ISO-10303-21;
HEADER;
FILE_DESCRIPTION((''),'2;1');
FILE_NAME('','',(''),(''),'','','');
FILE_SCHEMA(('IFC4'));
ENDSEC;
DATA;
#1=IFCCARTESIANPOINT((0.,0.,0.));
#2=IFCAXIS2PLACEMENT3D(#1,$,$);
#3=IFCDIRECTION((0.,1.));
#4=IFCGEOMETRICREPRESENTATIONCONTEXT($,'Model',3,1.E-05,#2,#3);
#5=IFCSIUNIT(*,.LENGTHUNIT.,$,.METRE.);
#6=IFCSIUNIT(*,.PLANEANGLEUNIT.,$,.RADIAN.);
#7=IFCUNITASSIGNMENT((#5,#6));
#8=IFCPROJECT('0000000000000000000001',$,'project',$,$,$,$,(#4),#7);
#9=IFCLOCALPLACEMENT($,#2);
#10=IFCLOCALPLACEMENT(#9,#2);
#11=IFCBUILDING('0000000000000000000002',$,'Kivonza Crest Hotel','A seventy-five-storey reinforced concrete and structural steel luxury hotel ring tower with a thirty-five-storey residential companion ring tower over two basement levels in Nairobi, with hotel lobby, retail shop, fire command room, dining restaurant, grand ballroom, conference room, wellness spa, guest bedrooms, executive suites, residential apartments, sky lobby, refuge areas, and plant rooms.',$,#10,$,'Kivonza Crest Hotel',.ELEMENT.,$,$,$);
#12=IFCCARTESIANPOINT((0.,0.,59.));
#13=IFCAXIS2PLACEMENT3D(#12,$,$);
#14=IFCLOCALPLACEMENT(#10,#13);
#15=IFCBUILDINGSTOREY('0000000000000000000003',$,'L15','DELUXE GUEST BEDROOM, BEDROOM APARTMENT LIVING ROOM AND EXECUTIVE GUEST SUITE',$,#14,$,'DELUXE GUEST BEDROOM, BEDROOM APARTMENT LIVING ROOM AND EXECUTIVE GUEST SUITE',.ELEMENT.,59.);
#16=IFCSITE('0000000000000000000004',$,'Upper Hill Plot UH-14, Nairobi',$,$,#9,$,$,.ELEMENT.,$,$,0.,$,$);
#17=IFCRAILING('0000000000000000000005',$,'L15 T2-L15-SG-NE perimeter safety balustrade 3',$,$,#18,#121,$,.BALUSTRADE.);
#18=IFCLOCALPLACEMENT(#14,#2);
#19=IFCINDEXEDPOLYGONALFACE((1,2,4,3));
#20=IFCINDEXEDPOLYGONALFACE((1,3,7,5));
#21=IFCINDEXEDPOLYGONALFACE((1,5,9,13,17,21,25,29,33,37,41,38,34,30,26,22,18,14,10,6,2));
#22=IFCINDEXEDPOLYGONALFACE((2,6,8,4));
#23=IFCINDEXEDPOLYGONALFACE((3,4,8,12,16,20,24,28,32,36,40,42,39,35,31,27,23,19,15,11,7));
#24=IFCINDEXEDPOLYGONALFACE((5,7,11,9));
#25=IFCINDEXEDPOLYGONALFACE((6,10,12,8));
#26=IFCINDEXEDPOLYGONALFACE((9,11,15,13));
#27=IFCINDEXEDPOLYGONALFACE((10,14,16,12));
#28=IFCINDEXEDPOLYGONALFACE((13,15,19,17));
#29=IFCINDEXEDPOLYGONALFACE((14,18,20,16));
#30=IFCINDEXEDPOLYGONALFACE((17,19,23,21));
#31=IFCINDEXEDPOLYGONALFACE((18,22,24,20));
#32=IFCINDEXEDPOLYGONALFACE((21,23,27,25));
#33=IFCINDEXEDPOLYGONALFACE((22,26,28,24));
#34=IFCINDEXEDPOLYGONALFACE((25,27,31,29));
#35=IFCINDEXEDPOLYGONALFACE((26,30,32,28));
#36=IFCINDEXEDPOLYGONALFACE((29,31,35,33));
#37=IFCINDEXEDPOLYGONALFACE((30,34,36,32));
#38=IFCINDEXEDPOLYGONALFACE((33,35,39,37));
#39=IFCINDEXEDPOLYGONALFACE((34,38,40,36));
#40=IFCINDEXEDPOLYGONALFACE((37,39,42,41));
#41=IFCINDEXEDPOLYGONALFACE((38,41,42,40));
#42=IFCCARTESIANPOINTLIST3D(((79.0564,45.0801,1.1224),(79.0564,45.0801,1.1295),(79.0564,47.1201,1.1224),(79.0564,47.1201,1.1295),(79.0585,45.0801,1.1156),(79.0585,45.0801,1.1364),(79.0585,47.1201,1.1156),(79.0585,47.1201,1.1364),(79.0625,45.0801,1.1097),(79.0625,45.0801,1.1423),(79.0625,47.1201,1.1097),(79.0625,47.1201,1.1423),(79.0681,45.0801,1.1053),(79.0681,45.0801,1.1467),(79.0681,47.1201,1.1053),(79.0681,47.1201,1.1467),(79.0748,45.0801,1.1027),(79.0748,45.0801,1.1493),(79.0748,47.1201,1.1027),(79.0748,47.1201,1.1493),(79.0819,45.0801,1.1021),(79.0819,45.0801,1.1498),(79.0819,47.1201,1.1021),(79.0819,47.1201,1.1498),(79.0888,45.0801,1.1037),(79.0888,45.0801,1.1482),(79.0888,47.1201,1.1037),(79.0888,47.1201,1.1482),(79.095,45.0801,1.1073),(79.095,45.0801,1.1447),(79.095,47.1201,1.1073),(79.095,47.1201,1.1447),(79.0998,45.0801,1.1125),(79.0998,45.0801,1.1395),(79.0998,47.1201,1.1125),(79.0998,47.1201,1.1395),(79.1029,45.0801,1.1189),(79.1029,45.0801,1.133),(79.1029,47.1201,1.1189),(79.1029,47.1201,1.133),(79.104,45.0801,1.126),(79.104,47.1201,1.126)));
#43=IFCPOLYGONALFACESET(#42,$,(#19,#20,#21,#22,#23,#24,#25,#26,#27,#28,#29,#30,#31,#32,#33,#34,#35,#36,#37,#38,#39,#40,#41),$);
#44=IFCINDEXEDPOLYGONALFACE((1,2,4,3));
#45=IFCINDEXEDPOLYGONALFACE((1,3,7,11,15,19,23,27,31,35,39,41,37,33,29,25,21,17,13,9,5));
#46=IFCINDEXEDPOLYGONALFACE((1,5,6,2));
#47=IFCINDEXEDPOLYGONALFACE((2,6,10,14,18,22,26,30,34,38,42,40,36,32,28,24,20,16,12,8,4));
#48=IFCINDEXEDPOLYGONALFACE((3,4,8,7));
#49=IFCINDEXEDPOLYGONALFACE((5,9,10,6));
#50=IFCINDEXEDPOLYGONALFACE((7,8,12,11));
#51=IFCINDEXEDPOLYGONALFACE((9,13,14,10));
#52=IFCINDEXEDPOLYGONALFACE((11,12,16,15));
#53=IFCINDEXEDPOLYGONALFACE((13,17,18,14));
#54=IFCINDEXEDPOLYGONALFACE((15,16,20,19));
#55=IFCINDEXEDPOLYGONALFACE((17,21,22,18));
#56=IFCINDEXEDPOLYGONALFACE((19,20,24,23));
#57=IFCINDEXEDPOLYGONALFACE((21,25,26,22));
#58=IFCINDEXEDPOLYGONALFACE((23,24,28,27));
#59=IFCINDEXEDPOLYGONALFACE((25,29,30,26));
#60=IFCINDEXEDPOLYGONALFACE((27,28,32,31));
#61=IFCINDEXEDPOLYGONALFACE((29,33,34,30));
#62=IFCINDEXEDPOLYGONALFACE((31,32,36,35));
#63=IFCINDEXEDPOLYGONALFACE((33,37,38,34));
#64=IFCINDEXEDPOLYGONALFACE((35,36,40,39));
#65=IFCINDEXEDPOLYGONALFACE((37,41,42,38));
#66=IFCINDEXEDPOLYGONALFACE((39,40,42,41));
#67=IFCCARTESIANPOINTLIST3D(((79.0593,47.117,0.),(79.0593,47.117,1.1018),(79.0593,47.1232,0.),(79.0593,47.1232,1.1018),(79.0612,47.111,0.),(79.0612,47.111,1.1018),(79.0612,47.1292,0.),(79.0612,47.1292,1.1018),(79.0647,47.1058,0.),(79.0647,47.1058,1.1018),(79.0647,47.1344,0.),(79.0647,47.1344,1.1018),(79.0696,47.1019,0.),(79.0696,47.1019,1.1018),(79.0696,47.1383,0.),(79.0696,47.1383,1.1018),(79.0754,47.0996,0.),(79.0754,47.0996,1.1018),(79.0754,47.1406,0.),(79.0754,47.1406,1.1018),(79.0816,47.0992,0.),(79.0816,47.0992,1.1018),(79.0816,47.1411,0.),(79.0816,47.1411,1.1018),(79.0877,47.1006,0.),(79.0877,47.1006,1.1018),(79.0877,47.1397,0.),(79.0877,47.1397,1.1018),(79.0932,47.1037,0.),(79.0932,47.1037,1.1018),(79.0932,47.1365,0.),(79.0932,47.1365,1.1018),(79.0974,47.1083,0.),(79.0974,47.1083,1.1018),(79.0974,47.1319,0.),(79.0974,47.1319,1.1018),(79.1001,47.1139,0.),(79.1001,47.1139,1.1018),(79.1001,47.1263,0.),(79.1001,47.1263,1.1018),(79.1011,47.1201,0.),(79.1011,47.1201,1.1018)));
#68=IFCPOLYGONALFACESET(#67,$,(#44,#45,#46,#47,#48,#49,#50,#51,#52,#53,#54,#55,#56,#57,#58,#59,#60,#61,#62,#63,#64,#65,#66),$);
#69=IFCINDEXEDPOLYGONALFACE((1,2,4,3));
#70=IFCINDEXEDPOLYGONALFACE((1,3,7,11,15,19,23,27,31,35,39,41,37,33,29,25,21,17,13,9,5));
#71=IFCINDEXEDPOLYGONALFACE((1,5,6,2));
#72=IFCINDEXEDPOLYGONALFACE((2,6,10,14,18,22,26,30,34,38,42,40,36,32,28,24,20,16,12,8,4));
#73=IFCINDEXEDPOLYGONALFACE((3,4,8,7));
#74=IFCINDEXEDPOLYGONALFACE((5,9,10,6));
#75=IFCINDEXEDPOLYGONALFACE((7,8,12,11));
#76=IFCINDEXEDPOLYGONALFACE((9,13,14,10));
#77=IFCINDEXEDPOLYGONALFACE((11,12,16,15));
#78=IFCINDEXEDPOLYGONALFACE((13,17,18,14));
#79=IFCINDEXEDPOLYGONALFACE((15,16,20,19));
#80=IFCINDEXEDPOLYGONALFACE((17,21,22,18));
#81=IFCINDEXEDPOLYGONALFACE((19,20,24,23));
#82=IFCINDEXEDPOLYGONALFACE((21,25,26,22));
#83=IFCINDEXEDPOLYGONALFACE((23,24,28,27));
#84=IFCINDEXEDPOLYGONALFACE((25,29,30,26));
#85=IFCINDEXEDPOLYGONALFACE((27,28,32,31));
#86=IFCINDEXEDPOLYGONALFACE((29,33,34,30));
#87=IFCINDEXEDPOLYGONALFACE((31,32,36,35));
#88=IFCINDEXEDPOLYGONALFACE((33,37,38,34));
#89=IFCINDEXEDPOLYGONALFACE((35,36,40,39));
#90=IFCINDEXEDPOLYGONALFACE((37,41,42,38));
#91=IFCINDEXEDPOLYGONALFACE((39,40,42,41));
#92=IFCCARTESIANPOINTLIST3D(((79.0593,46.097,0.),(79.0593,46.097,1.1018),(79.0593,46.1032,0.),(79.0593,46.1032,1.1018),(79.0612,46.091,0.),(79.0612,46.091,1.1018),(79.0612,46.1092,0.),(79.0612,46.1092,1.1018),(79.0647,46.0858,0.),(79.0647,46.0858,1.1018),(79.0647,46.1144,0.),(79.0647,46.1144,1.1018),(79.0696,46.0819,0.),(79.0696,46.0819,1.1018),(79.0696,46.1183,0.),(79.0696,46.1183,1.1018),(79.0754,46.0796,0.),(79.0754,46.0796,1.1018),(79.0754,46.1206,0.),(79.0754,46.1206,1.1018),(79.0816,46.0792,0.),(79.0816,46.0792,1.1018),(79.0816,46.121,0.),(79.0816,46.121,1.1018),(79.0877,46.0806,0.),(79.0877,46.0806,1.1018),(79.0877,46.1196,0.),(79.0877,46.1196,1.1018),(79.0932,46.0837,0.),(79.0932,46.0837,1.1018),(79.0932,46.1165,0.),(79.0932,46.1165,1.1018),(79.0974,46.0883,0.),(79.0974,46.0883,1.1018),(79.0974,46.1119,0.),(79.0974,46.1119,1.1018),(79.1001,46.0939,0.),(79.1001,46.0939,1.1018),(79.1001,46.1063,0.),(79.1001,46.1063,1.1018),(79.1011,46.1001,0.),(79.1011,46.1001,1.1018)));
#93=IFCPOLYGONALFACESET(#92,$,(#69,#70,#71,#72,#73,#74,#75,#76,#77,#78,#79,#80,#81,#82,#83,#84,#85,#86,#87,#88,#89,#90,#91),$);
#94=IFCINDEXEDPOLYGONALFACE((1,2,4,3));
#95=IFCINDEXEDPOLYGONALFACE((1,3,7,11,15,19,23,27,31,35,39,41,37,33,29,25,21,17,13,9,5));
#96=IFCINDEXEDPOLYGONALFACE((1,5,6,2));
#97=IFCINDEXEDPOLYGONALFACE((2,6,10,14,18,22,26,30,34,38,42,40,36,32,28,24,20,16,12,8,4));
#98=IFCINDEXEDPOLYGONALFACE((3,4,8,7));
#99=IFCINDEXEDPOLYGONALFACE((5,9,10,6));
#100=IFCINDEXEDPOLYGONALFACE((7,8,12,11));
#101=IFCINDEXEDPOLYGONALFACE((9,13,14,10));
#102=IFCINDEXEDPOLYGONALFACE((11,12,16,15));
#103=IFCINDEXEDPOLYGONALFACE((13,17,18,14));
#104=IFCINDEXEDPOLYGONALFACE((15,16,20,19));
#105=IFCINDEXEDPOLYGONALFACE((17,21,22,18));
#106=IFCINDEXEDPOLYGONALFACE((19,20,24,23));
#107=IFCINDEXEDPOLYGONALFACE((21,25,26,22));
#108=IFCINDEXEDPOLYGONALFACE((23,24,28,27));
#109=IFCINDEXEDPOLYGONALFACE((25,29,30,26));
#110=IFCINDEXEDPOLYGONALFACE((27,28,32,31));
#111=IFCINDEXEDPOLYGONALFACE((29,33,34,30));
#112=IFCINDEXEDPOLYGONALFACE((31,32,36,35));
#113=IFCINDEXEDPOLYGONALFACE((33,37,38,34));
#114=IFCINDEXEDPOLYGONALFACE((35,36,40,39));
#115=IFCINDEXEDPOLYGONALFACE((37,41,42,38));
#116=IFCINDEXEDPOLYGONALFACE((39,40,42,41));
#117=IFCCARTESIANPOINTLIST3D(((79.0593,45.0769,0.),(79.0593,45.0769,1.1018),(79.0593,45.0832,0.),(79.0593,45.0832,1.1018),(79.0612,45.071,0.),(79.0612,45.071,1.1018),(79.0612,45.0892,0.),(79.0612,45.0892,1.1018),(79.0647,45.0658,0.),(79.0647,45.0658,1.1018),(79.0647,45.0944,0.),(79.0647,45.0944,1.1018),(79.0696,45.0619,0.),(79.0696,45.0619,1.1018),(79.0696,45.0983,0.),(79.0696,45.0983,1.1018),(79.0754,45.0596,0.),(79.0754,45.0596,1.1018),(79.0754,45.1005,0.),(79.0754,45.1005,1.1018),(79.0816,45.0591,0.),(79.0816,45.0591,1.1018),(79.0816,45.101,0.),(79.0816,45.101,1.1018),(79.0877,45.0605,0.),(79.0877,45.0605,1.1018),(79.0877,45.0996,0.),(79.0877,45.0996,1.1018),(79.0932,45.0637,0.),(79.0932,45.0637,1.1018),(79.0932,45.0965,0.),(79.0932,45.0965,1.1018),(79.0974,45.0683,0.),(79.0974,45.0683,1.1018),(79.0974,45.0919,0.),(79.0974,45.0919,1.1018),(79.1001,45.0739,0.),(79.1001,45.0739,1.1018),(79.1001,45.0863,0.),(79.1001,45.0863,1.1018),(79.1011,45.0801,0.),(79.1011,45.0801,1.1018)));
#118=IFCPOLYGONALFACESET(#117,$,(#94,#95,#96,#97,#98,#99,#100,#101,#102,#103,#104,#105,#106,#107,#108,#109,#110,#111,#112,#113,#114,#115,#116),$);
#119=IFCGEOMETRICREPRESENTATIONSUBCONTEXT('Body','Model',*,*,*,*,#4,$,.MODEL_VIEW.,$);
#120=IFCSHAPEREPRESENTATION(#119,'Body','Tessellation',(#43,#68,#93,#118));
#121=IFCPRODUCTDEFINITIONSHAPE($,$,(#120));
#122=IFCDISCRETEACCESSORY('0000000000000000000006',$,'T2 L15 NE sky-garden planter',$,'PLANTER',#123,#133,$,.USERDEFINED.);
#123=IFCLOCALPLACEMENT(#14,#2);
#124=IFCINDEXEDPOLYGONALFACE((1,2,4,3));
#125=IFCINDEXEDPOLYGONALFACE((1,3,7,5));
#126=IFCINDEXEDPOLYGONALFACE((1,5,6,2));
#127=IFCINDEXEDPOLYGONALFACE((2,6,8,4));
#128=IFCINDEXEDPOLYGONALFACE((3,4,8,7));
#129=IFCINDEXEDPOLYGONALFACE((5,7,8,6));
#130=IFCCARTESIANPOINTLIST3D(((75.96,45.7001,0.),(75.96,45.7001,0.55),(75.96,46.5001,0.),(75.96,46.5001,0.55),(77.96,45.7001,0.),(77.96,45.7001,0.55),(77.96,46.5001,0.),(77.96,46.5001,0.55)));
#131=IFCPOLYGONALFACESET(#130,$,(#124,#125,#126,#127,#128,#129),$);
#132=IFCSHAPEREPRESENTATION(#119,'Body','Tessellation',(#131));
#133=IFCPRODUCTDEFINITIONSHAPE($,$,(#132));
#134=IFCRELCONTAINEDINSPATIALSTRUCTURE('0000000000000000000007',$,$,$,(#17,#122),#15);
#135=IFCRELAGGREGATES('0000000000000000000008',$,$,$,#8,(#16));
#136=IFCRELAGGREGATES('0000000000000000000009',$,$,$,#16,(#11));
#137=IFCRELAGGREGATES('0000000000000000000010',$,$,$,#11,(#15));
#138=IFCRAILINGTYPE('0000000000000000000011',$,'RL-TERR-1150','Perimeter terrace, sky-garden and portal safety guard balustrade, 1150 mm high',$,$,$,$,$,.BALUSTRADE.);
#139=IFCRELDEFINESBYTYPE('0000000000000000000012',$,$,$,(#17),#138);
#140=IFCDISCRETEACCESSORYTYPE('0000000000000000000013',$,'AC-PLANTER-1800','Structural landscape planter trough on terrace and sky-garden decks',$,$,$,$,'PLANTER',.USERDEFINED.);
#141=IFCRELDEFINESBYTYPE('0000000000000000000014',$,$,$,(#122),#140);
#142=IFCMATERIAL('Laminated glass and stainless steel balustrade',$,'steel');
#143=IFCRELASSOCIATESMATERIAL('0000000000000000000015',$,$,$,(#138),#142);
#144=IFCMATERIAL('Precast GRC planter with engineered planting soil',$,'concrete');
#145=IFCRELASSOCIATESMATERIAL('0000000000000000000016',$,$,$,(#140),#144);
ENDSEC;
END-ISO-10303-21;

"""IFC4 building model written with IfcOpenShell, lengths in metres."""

from ifc_helpers import new_model, si_unit, direction, frame, origin, origin_2d, place, context, subcontext, project, spatial, rectangle, circle, extrude, material, type_object, element, save


model = new_model("IFC4")

# Units and contexts
model_context = context("Model", 3, precision=1e-05, world=origin(), true_north=direction((0.0, 1.0)))
body_context = subcontext(model_context, "Body", "Model", "MODEL_VIEW")
ifc_project = project(units=[si_unit("LENGTHUNIT", "METRE"), si_unit("PLANEANGLEUNIT", "RADIAN")], contexts=[model_context])

# Site, building, storey
site_placement = place(None, origin())
site = spatial("IfcSite", under=ifc_project, at=site_placement, Name="Upper Hill Plot UH-14, Nairobi", CompositionType="ELEMENT", RefElevation=0.0)
building_placement = place(site_placement, origin())
building = spatial("IfcBuilding", under=site, at=building_placement, Name="Kivonza Crest Hotel", Description="A seventy-five-storey reinforced concrete and structural steel luxury hotel ring tower with a thirty-five-storey residential companion ring tower over two basement levels in Nairobi, with hotel lobby, retail shop, fire command room, dining restaurant, grand ballroom, conference room, wellness spa, guest bedrooms, executive suites, residential apartments, sky lobby, refuge areas, and plant rooms.", LongName="Kivonza Crest Hotel", CompositionType="ELEMENT")
storey_placement = place(building_placement, frame((0.0, 0.0, 59.0)))
storey = spatial("IfcBuildingStorey", under=building, at=storey_placement, Name="L15", Description="DELUXE GUEST BEDROOM, BEDROOM APARTMENT LIVING ROOM AND EXECUTIVE GUEST SUITE", LongName="DELUXE GUEST BEDROOM, BEDROOM APARTMENT LIVING ROOM AND EXECUTIVE GUEST SUITE", CompositionType="ELEMENT", Elevation=59.0)

# Railing
ifc_material_1 = material(Name="Laminated glass and stainless steel balustrade", Category="steel")
railing_type_1 = type_object("IfcRailingType", Name="RL-TERR-1150", Description="Perimeter terrace, sky-garden and portal safety guard balustrade, 1150 mm high", PredefinedType="BALUSTRADE", material=ifc_material_1)
railing_1_placement = place(storey_placement, frame((79.0801, 47.1201, 0.0)))
element("IfcRailing", 1, at=railing_1_placement, inside=storey, type_object=railing_type_1, Name="L15 T2-L15-SG-NE perimeter safety balustrade 3", PredefinedType="BALUSTRADE", context=body_context, shape_type="SweptSolid", body=[
    extrude(circle(Radius=0.0239, at=origin_2d()), frame((0.0, 0.0, 1.126), z_axis=(0.0, -1.0, 0.0), x_axis=(1.0, 0.0, 0.0)), (0.0, 0.0, 1.0), 2.04),
    extrude(circle(Radius=0.021, at=origin_2d()), origin(), (0.0, 0.0, 1.0), 1.1018),
    extrude(circle(Radius=0.021, at=origin_2d()), frame((0.0, -1.02, 0.0)), (0.0, 0.0, 1.0), 1.1018),
    extrude(circle(Radius=0.021, at=origin_2d()), frame((0.0, -2.04, 0.0)), (0.0, 0.0, 1.0), 1.1018),
])

# Discrete accessory
ifc_material_2 = material(Name="Precast GRC planter with engineered planting soil", Category="concrete")
discrete_accessory_type = type_object("IfcDiscreteAccessoryType", Name="AC-PLANTER-1800", Description="Structural landscape planter trough on terrace and sky-garden decks", ElementType="PLANTER", PredefinedType="USERDEFINED", material=ifc_material_2)
discrete_accessory_placement = place(storey_placement, frame((76.96, 46.1001, 0.0), z_axis=(0.0, 0.0, 1.0), x_axis=(1.0, 0.0, 0.0)))
element("IfcDiscreteAccessory", 2, at=discrete_accessory_placement, inside=storey, type_object=discrete_accessory_type, Name="T2 L15 NE sky-garden planter", ObjectType="PLANTER", PredefinedType="USERDEFINED", context=body_context, shape_type="SweptSolid", body=[
    extrude(rectangle(XDim=2.0, YDim=0.8, at=origin_2d()), origin(), (0.0, 0.0, 1.0), 0.55),
])

save(model, "model.ifc")
